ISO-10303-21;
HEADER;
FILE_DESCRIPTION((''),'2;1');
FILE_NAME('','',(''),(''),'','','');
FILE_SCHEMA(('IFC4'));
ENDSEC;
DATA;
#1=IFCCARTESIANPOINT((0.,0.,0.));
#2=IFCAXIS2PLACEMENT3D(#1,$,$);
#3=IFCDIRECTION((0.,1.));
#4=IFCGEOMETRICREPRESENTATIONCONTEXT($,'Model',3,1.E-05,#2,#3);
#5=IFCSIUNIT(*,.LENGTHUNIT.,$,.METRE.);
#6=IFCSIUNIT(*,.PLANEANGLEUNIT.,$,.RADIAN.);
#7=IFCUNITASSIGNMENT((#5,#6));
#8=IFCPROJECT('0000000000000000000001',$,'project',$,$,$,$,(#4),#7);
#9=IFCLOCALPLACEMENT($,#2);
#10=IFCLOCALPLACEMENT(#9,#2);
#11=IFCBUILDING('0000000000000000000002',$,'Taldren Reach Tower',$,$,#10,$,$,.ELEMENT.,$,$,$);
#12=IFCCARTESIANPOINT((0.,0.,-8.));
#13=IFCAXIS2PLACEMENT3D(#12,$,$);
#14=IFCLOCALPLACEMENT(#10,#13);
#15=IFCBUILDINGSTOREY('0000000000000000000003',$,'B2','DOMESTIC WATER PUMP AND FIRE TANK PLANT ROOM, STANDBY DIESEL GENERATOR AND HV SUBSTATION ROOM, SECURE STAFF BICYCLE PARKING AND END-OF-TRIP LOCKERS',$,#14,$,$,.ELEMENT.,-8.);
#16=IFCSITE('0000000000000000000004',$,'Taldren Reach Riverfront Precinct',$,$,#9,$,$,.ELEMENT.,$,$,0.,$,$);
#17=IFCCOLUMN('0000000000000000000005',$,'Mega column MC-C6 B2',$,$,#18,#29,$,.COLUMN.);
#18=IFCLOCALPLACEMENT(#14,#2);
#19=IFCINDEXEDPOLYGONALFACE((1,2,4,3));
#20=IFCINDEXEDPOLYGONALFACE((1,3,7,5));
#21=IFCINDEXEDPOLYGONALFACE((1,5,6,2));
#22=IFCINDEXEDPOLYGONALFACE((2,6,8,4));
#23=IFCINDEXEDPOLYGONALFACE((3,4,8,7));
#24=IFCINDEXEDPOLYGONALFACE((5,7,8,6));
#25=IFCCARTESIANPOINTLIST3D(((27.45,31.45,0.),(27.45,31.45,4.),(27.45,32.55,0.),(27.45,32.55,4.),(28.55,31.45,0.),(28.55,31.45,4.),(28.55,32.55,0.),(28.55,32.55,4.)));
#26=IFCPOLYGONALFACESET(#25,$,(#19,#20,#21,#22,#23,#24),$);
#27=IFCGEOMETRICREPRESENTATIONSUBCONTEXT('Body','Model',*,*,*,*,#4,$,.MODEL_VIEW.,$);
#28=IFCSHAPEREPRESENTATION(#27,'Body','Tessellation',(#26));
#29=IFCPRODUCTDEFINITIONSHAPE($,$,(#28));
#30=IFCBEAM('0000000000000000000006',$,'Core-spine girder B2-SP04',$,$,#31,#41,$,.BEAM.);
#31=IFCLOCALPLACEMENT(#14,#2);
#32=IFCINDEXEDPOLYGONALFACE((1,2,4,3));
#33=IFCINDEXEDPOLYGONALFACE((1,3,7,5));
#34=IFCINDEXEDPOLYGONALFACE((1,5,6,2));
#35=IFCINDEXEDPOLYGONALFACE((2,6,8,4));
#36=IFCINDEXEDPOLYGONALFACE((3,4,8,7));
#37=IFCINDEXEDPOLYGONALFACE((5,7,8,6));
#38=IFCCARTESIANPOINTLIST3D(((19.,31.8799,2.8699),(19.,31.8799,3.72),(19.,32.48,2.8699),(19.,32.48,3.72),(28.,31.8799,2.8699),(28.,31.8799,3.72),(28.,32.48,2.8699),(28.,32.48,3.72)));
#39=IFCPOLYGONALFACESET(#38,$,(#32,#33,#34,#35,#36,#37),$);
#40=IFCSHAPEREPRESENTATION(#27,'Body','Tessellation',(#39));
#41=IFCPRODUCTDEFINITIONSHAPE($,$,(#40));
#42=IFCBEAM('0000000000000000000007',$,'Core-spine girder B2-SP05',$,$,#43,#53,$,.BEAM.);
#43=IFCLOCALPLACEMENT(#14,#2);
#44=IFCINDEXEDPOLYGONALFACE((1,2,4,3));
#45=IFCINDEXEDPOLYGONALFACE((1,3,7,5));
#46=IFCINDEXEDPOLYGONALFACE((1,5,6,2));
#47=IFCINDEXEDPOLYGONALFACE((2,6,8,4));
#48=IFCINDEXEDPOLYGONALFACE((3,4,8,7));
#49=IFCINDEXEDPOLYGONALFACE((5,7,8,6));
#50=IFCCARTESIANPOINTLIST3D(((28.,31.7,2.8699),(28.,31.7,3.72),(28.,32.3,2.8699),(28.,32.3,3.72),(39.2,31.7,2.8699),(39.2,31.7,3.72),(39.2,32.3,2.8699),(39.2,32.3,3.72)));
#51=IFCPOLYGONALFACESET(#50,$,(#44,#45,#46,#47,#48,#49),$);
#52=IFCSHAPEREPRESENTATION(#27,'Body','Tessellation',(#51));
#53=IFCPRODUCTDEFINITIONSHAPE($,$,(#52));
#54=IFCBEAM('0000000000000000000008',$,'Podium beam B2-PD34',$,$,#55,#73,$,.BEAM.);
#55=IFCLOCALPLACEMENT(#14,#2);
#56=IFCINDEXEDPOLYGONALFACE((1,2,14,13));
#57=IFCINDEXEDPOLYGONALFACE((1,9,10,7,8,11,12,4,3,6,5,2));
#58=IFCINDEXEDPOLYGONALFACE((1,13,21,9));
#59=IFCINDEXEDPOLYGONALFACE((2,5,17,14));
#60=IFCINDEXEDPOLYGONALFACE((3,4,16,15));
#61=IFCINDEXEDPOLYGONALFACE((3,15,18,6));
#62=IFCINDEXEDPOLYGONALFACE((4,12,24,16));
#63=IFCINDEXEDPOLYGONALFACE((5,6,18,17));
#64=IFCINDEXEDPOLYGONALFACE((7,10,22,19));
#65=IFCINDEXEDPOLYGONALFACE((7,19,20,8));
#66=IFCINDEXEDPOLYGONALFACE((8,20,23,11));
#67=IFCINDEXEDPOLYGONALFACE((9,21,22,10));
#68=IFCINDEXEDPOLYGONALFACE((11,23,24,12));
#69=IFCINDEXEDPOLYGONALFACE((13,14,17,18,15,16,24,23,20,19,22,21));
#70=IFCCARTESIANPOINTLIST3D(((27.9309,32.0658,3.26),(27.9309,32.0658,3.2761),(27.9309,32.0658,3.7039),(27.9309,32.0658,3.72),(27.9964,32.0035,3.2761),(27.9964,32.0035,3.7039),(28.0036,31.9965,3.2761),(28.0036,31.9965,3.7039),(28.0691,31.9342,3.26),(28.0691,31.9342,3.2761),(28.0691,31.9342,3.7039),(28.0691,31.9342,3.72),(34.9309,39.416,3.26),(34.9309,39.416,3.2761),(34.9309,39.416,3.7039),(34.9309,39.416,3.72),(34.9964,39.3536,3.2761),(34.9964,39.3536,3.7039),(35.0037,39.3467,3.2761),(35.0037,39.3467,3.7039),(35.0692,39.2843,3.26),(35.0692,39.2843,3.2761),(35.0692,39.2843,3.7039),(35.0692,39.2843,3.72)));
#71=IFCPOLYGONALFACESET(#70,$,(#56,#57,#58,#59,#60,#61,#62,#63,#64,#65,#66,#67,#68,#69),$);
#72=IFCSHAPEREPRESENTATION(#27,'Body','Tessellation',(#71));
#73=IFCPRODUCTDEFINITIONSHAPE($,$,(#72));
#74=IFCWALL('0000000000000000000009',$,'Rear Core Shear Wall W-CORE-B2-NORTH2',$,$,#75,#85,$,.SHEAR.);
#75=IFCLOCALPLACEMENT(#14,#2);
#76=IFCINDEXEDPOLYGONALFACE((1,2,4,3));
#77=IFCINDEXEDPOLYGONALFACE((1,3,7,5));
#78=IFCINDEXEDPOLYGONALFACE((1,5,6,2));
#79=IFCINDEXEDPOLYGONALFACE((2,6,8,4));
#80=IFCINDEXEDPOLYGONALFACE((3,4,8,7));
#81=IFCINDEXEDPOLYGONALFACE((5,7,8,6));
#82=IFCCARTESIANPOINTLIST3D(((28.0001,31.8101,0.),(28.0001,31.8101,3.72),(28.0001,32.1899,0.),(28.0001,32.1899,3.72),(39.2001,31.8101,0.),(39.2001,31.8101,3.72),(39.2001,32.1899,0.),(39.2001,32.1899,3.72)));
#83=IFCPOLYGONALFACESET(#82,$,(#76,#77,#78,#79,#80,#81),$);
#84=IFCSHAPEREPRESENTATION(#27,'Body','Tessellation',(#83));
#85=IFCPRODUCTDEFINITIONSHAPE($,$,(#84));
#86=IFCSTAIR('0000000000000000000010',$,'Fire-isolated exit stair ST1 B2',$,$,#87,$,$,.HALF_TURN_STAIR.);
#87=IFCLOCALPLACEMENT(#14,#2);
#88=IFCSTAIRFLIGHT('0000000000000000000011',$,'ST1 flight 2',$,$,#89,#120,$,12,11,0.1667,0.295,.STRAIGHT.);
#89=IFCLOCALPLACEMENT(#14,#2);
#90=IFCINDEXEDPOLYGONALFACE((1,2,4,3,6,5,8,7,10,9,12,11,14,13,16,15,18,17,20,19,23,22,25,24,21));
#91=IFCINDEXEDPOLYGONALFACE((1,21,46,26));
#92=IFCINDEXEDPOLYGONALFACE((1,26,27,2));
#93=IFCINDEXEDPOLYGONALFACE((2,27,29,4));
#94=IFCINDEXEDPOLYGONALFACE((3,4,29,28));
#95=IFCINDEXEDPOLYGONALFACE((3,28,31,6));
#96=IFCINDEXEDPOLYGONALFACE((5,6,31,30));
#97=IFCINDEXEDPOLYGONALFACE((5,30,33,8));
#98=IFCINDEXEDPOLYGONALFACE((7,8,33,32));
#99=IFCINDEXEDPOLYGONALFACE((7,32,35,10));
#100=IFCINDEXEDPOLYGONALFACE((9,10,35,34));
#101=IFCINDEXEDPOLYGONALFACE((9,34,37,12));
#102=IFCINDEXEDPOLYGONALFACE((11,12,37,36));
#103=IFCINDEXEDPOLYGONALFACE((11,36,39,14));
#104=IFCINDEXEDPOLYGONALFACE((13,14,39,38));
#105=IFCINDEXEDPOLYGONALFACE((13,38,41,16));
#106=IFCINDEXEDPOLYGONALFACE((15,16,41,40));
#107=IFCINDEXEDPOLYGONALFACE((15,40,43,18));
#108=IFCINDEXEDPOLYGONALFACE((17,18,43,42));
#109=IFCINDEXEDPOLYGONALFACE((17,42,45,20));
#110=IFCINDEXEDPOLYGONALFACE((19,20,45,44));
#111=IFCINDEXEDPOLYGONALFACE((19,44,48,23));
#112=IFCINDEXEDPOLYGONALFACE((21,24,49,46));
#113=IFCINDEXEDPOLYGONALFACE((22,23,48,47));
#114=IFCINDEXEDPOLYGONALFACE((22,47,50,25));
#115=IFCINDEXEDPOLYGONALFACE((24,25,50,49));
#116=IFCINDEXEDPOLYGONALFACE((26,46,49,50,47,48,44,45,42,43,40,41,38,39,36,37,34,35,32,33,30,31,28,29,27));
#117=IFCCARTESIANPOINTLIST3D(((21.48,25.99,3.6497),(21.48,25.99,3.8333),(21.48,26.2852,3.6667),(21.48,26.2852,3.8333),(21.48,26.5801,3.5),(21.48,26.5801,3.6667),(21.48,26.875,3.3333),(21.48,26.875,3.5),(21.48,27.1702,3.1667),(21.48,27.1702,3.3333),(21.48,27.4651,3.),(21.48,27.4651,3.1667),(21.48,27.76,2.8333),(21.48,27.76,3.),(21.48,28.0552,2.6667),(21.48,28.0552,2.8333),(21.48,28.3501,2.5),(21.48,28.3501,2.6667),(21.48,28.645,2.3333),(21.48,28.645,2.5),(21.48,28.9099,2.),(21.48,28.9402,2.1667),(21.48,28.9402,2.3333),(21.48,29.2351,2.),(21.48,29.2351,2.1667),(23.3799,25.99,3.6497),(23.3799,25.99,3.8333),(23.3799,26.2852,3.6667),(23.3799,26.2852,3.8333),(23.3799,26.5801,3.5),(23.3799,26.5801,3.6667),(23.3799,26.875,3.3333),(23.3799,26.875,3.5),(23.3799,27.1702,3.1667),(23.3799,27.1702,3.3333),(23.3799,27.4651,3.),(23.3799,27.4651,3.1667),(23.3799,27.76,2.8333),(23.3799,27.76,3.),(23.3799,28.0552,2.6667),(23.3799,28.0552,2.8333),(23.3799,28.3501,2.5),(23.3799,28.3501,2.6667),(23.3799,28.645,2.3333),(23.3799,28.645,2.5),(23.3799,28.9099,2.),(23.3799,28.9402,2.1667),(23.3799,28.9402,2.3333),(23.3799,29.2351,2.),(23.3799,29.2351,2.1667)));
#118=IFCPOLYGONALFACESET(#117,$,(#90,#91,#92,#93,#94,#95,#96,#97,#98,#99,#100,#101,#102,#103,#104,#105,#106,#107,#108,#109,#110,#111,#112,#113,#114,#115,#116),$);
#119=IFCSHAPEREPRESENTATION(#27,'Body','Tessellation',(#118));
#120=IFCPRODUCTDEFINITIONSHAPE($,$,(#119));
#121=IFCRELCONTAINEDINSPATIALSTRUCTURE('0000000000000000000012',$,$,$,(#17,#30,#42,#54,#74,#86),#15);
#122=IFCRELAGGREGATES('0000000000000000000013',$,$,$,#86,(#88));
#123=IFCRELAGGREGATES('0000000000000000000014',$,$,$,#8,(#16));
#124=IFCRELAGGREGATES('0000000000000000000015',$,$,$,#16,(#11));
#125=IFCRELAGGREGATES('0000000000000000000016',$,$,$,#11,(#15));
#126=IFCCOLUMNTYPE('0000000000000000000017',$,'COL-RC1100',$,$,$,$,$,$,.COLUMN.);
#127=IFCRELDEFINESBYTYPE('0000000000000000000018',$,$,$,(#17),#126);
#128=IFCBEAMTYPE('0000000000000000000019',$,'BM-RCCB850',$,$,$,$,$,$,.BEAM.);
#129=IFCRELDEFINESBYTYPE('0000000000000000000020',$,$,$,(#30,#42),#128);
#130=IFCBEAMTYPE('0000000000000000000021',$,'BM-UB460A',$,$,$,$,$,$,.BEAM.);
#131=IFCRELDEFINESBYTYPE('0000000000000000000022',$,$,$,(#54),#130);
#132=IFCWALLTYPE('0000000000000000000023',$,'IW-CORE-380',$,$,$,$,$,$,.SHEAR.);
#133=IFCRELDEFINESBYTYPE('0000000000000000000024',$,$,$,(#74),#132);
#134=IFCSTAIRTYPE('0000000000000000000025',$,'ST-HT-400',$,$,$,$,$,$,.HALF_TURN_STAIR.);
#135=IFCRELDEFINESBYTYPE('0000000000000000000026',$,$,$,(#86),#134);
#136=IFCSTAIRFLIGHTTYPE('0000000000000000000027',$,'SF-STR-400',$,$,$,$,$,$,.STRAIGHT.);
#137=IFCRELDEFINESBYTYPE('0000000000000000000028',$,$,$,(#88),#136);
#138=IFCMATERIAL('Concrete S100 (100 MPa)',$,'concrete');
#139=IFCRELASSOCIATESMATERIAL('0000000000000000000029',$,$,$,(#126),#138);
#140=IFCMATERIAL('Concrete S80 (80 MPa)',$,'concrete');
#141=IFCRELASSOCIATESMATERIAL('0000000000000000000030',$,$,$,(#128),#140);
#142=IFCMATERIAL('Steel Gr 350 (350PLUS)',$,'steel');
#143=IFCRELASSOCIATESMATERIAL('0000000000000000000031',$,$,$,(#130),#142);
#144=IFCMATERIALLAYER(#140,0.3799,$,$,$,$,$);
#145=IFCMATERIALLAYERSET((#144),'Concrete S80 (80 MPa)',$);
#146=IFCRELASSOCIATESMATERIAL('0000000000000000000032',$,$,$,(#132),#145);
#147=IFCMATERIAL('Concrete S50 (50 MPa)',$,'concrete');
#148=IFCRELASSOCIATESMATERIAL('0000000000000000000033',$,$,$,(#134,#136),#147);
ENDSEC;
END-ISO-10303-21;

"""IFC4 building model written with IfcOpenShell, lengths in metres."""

from ifc_helpers import new_model, si_unit, direction, frame, frame_2d, origin, origin_2d, place, context, subcontext, project, spatial, polyline, rectangle, i_section, outline, extrude, source, transform, mapped, material, layer, layer_set, material_profile, profile_set, type_object, element, aggregate, save


model = new_model("IFC4")

# Units and contexts
model_context = context("Model", 3, precision=1e-05, world=origin(), true_north=direction((0.0, 1.0)))
body_context = subcontext(model_context, "Body", "Model", "MODEL_VIEW")
ifc_project = project(units=[si_unit("LENGTHUNIT", "METRE"), si_unit("PLANEANGLEUNIT", "RADIAN")], contexts=[model_context])

# Site, building, storey
site_placement = place(None, origin())
site = spatial("IfcSite", under=ifc_project, at=site_placement, Name="Taldren Reach Riverfront Precinct", CompositionType="ELEMENT", RefElevation=0.0)
building_placement = place(site_placement, origin())
building = spatial("IfcBuilding", under=site, at=building_placement, Name="Taldren Reach Tower", CompositionType="ELEMENT")
storey_placement = place(building_placement, frame((0.0, 0.0, -8.0)))
storey = spatial("IfcBuildingStorey", under=building, at=storey_placement, Name="B2", Description="DOMESTIC WATER PUMP AND FIRE TANK PLANT ROOM, STANDBY DIESEL GENERATOR AND HV SUBSTATION ROOM, SECURE STAFF BICYCLE PARKING AND END-OF-TRIP LOCKERS", CompositionType="ELEMENT", Elevation=-8.0)

# Column
ifc_material_1 = material(Name="Concrete S100 (100 MPa)", Category="concrete")
ifc_material_profile_1 = material_profile(ifc_material_1, rectangle(XDim=1.1001, YDim=1.1001, at=origin_2d()), Name="RC-1100x1100")
ifc_profile_set_1 = profile_set([ifc_material_profile_1], Name="Concrete S100 (100 MPa)")
column_type = type_object("IfcColumnType", Name="COL-RC1100", PredefinedType="COLUMN", material=ifc_profile_set_1)
shared_shape_1 = source(origin(), body_context, "Body", "SweptSolid", [
    extrude(rectangle(XDim=1.1001, YDim=1.1001, at=origin_2d()), origin(), (0.0, 0.0, 1.0), 4.0),
])
for number, where, z_axis, x_axis, name in (
    (1, (28.0, 32.0, 0.0), (0.0, 0.0, 1.0), (1.0, 0.0, 0.0), "Mega column MC-C6 B2"),
):
    element("IfcColumn", number, at=place(storey_placement, frame(where, z_axis=z_axis, x_axis=x_axis)), inside=storey, type_object=column_type, Name=name, PredefinedType="COLUMN", context=body_context, shape_type="MappedRepresentation", body=[
        mapped(shared_shape_1, transform((0.0, 0.0, 0.0), scale=1.0)),
    ])

# Beams
ifc_material_2 = material(Name="Concrete S80 (80 MPa)", Category="concrete")
ifc_material_profile_2 = material_profile(ifc_material_2, rectangle(XDim=0.6001, YDim=0.8501, at=origin_2d()), Name="RC-CB600x850")
ifc_profile_set_2 = profile_set([ifc_material_profile_2], Name="Concrete S80 (80 MPa)")
beam_type_1 = type_object("IfcBeamType", Name="BM-RCCB850", PredefinedType="BEAM", material=ifc_profile_set_2)
shared_shape_2 = source(origin(), body_context, "Body", "SweptSolid", [
    extrude(rectangle(XDim=0.6001, YDim=0.8501, at=origin_2d()), origin(), (0.0, 0.0, 1.0), 9.0),
])
beam_1_placement = place(storey_placement, frame((19.0, 32.1799, 3.2949), z_axis=(1.0, 0.0, 0.0), x_axis=(0.0, 1.0, 0.0)))
element("IfcBeam", 2, at=beam_1_placement, inside=storey, type_object=beam_type_1, Name="Core-spine girder B2-SP04", PredefinedType="BEAM", context=body_context, shape_type="MappedRepresentation", body=[
    mapped(shared_shape_2, transform((0.0, 0.0, 0.0), scale=1.0)),
])
shared_shape_3 = source(origin(), body_context, "Body", "SweptSolid", [
    extrude(rectangle(XDim=0.6001, YDim=0.8501, at=origin_2d()), origin(), (0.0, 0.0, 1.0), 11.2),
])
beam_2_placement = place(storey_placement, frame((28.0, 32.0, 3.2949), z_axis=(1.0, 0.0, 0.0), x_axis=(0.0, 1.0, 0.0)))
element("IfcBeam", 3, at=beam_2_placement, inside=storey, type_object=beam_type_1, Name="Core-spine girder B2-SP05", PredefinedType="BEAM", context=body_context, shape_type="MappedRepresentation", body=[
    mapped(shared_shape_3, transform((0.0, 0.0, 0.0), scale=1.0)),
])
ifc_material_3 = material(Name="Steel Gr 350 (350PLUS)", Category="steel")
ifc_material_profile_3 = material_profile(ifc_material_3, i_section(OverallWidth=0.1909, OverallDepth=0.46, WebThickness=0.01, FlangeThickness=0.0161, at=origin_2d()), Name="460UB82.1")
ifc_profile_set_3 = profile_set([ifc_material_profile_3], Name="Steel Gr 350 (350PLUS)")
beam_type_2 = type_object("IfcBeamType", Name="BM-UB460A", PredefinedType="BEAM", material=ifc_profile_set_3)
shared_shape_4 = source(origin(), body_context, "Body", "SweptSolid", [
    extrude(i_section(OverallWidth=0.1909, OverallDepth=0.46, WebThickness=0.01, FlangeThickness=0.0161, at=origin_2d()), origin(), (0.0, 0.0, 1.0), 10.1501),
])
beam_3_placement = place(storey_placement, frame((28.0, 32.0, 3.49), z_axis=(0.68965, 0.724143, 0.0), x_axis=(-0.724143, 0.68965, 0.0)))
element("IfcBeam", 4, at=beam_3_placement, inside=storey, type_object=beam_type_2, Name="Podium beam B2-PD34", PredefinedType="BEAM", context=body_context, shape_type="MappedRepresentation", body=[
    mapped(shared_shape_4, transform((0.0, 0.0, 0.0), scale=1.0)),
])

# Wall
ifc_layer_1 = layer(ifc_material_2, 0.3799)
ifc_layer_set_1 = layer_set([ifc_layer_1], Name="Concrete S80 (80 MPa)")
wall_type = type_object("IfcWallType", Name="IW-CORE-380", PredefinedType="SHEAR", material=ifc_layer_set_1)
shared_shape_5 = source(origin(), body_context, "Body", "SweptSolid", [
    extrude(rectangle(XDim=11.2, YDim=0.3799, at=frame_2d((5.6001, 0.0))), origin(), (0.0, 0.0, 1.0), 3.72),
])
wall_placement = place(storey_placement, frame((28.0, 32.0, 0.0), z_axis=(0.0, 0.0, 1.0), x_axis=(1.0, 0.0, 0.0)))
element("IfcWall", 5, at=wall_placement, inside=storey, type_object=wall_type, Name="Rear Core Shear Wall W-CORE-B2-NORTH2", PredefinedType="SHEAR", context=body_context, shape_type="MappedRepresentation", body=[
    mapped(shared_shape_5, transform((0.0, 0.0, 0.0), scale=1.0)),
])

# Stair, stair flight
ifc_material_4 = material(Name="Concrete S50 (50 MPa)", Category="concrete")
stair_type = type_object("IfcStairType", Name="ST-HT-400", PredefinedType="HALF_TURN_STAIR", material=ifc_material_4)
stair_placement = place(storey_placement, origin())
stair = element("IfcStair", 6, at=stair_placement, inside=storey, type_object=stair_type, Name="Fire-isolated exit stair ST1 B2", PredefinedType="HALF_TURN_STAIR")
stair_flight_type = type_object("IfcStairFlightType", Name="SF-STR-400", PredefinedType="STRAIGHT", material=ifc_material_4)
stair_flight_placement = place(storey_placement, frame((22.4299, 29.2351, 2.0), z_axis=(0.0, 0.0, 1.0), x_axis=(0.0, -1.0, 0.0)))
stair_flight = element("IfcStairFlight", 7, at=stair_flight_placement, type_object=stair_flight_type, Name="ST1 flight 2", NumberOfRisers=12, NumberOfTreads=11, PredefinedType="STRAIGHT", RiserHeight=0.1667, TreadLength=0.295, context=body_context, shape_type="SweptSolid", body=[
    extrude(outline(polyline([(0.0, 0.0), (0.0, 0.1667), (0.2949, 0.1667), (0.2949, 0.3333), (0.5901, 0.3333), (0.5901, 0.5), (0.885, 0.5), (0.885, 0.6667), (1.1799, 0.6667), (1.1799, 0.8333), (1.4751, 0.8333), (1.4751, 1.0), (1.77, 1.0), (1.77, 1.1667), (2.0649, 1.1667), (2.0649, 1.3333), (2.3601, 1.3333), (2.3601, 1.5), (2.655, 1.5), (2.655, 1.6667), (2.95, 1.6667), (2.95, 1.8333), (3.2451, 1.8333), (3.2451, 2.0), (3.2451, 1.6497), (0.3252, 0.0), (0.0, 0.0)])), frame((0.0, 0.95, 0.0), z_axis=(0.0, -1.0, 0.0), x_axis=(1.0, 0.0, 0.0)), (0.0, 0.0, 1.0), 1.8999),
])
aggregate(stair, [stair_flight])

save(model, "model.ifc")
